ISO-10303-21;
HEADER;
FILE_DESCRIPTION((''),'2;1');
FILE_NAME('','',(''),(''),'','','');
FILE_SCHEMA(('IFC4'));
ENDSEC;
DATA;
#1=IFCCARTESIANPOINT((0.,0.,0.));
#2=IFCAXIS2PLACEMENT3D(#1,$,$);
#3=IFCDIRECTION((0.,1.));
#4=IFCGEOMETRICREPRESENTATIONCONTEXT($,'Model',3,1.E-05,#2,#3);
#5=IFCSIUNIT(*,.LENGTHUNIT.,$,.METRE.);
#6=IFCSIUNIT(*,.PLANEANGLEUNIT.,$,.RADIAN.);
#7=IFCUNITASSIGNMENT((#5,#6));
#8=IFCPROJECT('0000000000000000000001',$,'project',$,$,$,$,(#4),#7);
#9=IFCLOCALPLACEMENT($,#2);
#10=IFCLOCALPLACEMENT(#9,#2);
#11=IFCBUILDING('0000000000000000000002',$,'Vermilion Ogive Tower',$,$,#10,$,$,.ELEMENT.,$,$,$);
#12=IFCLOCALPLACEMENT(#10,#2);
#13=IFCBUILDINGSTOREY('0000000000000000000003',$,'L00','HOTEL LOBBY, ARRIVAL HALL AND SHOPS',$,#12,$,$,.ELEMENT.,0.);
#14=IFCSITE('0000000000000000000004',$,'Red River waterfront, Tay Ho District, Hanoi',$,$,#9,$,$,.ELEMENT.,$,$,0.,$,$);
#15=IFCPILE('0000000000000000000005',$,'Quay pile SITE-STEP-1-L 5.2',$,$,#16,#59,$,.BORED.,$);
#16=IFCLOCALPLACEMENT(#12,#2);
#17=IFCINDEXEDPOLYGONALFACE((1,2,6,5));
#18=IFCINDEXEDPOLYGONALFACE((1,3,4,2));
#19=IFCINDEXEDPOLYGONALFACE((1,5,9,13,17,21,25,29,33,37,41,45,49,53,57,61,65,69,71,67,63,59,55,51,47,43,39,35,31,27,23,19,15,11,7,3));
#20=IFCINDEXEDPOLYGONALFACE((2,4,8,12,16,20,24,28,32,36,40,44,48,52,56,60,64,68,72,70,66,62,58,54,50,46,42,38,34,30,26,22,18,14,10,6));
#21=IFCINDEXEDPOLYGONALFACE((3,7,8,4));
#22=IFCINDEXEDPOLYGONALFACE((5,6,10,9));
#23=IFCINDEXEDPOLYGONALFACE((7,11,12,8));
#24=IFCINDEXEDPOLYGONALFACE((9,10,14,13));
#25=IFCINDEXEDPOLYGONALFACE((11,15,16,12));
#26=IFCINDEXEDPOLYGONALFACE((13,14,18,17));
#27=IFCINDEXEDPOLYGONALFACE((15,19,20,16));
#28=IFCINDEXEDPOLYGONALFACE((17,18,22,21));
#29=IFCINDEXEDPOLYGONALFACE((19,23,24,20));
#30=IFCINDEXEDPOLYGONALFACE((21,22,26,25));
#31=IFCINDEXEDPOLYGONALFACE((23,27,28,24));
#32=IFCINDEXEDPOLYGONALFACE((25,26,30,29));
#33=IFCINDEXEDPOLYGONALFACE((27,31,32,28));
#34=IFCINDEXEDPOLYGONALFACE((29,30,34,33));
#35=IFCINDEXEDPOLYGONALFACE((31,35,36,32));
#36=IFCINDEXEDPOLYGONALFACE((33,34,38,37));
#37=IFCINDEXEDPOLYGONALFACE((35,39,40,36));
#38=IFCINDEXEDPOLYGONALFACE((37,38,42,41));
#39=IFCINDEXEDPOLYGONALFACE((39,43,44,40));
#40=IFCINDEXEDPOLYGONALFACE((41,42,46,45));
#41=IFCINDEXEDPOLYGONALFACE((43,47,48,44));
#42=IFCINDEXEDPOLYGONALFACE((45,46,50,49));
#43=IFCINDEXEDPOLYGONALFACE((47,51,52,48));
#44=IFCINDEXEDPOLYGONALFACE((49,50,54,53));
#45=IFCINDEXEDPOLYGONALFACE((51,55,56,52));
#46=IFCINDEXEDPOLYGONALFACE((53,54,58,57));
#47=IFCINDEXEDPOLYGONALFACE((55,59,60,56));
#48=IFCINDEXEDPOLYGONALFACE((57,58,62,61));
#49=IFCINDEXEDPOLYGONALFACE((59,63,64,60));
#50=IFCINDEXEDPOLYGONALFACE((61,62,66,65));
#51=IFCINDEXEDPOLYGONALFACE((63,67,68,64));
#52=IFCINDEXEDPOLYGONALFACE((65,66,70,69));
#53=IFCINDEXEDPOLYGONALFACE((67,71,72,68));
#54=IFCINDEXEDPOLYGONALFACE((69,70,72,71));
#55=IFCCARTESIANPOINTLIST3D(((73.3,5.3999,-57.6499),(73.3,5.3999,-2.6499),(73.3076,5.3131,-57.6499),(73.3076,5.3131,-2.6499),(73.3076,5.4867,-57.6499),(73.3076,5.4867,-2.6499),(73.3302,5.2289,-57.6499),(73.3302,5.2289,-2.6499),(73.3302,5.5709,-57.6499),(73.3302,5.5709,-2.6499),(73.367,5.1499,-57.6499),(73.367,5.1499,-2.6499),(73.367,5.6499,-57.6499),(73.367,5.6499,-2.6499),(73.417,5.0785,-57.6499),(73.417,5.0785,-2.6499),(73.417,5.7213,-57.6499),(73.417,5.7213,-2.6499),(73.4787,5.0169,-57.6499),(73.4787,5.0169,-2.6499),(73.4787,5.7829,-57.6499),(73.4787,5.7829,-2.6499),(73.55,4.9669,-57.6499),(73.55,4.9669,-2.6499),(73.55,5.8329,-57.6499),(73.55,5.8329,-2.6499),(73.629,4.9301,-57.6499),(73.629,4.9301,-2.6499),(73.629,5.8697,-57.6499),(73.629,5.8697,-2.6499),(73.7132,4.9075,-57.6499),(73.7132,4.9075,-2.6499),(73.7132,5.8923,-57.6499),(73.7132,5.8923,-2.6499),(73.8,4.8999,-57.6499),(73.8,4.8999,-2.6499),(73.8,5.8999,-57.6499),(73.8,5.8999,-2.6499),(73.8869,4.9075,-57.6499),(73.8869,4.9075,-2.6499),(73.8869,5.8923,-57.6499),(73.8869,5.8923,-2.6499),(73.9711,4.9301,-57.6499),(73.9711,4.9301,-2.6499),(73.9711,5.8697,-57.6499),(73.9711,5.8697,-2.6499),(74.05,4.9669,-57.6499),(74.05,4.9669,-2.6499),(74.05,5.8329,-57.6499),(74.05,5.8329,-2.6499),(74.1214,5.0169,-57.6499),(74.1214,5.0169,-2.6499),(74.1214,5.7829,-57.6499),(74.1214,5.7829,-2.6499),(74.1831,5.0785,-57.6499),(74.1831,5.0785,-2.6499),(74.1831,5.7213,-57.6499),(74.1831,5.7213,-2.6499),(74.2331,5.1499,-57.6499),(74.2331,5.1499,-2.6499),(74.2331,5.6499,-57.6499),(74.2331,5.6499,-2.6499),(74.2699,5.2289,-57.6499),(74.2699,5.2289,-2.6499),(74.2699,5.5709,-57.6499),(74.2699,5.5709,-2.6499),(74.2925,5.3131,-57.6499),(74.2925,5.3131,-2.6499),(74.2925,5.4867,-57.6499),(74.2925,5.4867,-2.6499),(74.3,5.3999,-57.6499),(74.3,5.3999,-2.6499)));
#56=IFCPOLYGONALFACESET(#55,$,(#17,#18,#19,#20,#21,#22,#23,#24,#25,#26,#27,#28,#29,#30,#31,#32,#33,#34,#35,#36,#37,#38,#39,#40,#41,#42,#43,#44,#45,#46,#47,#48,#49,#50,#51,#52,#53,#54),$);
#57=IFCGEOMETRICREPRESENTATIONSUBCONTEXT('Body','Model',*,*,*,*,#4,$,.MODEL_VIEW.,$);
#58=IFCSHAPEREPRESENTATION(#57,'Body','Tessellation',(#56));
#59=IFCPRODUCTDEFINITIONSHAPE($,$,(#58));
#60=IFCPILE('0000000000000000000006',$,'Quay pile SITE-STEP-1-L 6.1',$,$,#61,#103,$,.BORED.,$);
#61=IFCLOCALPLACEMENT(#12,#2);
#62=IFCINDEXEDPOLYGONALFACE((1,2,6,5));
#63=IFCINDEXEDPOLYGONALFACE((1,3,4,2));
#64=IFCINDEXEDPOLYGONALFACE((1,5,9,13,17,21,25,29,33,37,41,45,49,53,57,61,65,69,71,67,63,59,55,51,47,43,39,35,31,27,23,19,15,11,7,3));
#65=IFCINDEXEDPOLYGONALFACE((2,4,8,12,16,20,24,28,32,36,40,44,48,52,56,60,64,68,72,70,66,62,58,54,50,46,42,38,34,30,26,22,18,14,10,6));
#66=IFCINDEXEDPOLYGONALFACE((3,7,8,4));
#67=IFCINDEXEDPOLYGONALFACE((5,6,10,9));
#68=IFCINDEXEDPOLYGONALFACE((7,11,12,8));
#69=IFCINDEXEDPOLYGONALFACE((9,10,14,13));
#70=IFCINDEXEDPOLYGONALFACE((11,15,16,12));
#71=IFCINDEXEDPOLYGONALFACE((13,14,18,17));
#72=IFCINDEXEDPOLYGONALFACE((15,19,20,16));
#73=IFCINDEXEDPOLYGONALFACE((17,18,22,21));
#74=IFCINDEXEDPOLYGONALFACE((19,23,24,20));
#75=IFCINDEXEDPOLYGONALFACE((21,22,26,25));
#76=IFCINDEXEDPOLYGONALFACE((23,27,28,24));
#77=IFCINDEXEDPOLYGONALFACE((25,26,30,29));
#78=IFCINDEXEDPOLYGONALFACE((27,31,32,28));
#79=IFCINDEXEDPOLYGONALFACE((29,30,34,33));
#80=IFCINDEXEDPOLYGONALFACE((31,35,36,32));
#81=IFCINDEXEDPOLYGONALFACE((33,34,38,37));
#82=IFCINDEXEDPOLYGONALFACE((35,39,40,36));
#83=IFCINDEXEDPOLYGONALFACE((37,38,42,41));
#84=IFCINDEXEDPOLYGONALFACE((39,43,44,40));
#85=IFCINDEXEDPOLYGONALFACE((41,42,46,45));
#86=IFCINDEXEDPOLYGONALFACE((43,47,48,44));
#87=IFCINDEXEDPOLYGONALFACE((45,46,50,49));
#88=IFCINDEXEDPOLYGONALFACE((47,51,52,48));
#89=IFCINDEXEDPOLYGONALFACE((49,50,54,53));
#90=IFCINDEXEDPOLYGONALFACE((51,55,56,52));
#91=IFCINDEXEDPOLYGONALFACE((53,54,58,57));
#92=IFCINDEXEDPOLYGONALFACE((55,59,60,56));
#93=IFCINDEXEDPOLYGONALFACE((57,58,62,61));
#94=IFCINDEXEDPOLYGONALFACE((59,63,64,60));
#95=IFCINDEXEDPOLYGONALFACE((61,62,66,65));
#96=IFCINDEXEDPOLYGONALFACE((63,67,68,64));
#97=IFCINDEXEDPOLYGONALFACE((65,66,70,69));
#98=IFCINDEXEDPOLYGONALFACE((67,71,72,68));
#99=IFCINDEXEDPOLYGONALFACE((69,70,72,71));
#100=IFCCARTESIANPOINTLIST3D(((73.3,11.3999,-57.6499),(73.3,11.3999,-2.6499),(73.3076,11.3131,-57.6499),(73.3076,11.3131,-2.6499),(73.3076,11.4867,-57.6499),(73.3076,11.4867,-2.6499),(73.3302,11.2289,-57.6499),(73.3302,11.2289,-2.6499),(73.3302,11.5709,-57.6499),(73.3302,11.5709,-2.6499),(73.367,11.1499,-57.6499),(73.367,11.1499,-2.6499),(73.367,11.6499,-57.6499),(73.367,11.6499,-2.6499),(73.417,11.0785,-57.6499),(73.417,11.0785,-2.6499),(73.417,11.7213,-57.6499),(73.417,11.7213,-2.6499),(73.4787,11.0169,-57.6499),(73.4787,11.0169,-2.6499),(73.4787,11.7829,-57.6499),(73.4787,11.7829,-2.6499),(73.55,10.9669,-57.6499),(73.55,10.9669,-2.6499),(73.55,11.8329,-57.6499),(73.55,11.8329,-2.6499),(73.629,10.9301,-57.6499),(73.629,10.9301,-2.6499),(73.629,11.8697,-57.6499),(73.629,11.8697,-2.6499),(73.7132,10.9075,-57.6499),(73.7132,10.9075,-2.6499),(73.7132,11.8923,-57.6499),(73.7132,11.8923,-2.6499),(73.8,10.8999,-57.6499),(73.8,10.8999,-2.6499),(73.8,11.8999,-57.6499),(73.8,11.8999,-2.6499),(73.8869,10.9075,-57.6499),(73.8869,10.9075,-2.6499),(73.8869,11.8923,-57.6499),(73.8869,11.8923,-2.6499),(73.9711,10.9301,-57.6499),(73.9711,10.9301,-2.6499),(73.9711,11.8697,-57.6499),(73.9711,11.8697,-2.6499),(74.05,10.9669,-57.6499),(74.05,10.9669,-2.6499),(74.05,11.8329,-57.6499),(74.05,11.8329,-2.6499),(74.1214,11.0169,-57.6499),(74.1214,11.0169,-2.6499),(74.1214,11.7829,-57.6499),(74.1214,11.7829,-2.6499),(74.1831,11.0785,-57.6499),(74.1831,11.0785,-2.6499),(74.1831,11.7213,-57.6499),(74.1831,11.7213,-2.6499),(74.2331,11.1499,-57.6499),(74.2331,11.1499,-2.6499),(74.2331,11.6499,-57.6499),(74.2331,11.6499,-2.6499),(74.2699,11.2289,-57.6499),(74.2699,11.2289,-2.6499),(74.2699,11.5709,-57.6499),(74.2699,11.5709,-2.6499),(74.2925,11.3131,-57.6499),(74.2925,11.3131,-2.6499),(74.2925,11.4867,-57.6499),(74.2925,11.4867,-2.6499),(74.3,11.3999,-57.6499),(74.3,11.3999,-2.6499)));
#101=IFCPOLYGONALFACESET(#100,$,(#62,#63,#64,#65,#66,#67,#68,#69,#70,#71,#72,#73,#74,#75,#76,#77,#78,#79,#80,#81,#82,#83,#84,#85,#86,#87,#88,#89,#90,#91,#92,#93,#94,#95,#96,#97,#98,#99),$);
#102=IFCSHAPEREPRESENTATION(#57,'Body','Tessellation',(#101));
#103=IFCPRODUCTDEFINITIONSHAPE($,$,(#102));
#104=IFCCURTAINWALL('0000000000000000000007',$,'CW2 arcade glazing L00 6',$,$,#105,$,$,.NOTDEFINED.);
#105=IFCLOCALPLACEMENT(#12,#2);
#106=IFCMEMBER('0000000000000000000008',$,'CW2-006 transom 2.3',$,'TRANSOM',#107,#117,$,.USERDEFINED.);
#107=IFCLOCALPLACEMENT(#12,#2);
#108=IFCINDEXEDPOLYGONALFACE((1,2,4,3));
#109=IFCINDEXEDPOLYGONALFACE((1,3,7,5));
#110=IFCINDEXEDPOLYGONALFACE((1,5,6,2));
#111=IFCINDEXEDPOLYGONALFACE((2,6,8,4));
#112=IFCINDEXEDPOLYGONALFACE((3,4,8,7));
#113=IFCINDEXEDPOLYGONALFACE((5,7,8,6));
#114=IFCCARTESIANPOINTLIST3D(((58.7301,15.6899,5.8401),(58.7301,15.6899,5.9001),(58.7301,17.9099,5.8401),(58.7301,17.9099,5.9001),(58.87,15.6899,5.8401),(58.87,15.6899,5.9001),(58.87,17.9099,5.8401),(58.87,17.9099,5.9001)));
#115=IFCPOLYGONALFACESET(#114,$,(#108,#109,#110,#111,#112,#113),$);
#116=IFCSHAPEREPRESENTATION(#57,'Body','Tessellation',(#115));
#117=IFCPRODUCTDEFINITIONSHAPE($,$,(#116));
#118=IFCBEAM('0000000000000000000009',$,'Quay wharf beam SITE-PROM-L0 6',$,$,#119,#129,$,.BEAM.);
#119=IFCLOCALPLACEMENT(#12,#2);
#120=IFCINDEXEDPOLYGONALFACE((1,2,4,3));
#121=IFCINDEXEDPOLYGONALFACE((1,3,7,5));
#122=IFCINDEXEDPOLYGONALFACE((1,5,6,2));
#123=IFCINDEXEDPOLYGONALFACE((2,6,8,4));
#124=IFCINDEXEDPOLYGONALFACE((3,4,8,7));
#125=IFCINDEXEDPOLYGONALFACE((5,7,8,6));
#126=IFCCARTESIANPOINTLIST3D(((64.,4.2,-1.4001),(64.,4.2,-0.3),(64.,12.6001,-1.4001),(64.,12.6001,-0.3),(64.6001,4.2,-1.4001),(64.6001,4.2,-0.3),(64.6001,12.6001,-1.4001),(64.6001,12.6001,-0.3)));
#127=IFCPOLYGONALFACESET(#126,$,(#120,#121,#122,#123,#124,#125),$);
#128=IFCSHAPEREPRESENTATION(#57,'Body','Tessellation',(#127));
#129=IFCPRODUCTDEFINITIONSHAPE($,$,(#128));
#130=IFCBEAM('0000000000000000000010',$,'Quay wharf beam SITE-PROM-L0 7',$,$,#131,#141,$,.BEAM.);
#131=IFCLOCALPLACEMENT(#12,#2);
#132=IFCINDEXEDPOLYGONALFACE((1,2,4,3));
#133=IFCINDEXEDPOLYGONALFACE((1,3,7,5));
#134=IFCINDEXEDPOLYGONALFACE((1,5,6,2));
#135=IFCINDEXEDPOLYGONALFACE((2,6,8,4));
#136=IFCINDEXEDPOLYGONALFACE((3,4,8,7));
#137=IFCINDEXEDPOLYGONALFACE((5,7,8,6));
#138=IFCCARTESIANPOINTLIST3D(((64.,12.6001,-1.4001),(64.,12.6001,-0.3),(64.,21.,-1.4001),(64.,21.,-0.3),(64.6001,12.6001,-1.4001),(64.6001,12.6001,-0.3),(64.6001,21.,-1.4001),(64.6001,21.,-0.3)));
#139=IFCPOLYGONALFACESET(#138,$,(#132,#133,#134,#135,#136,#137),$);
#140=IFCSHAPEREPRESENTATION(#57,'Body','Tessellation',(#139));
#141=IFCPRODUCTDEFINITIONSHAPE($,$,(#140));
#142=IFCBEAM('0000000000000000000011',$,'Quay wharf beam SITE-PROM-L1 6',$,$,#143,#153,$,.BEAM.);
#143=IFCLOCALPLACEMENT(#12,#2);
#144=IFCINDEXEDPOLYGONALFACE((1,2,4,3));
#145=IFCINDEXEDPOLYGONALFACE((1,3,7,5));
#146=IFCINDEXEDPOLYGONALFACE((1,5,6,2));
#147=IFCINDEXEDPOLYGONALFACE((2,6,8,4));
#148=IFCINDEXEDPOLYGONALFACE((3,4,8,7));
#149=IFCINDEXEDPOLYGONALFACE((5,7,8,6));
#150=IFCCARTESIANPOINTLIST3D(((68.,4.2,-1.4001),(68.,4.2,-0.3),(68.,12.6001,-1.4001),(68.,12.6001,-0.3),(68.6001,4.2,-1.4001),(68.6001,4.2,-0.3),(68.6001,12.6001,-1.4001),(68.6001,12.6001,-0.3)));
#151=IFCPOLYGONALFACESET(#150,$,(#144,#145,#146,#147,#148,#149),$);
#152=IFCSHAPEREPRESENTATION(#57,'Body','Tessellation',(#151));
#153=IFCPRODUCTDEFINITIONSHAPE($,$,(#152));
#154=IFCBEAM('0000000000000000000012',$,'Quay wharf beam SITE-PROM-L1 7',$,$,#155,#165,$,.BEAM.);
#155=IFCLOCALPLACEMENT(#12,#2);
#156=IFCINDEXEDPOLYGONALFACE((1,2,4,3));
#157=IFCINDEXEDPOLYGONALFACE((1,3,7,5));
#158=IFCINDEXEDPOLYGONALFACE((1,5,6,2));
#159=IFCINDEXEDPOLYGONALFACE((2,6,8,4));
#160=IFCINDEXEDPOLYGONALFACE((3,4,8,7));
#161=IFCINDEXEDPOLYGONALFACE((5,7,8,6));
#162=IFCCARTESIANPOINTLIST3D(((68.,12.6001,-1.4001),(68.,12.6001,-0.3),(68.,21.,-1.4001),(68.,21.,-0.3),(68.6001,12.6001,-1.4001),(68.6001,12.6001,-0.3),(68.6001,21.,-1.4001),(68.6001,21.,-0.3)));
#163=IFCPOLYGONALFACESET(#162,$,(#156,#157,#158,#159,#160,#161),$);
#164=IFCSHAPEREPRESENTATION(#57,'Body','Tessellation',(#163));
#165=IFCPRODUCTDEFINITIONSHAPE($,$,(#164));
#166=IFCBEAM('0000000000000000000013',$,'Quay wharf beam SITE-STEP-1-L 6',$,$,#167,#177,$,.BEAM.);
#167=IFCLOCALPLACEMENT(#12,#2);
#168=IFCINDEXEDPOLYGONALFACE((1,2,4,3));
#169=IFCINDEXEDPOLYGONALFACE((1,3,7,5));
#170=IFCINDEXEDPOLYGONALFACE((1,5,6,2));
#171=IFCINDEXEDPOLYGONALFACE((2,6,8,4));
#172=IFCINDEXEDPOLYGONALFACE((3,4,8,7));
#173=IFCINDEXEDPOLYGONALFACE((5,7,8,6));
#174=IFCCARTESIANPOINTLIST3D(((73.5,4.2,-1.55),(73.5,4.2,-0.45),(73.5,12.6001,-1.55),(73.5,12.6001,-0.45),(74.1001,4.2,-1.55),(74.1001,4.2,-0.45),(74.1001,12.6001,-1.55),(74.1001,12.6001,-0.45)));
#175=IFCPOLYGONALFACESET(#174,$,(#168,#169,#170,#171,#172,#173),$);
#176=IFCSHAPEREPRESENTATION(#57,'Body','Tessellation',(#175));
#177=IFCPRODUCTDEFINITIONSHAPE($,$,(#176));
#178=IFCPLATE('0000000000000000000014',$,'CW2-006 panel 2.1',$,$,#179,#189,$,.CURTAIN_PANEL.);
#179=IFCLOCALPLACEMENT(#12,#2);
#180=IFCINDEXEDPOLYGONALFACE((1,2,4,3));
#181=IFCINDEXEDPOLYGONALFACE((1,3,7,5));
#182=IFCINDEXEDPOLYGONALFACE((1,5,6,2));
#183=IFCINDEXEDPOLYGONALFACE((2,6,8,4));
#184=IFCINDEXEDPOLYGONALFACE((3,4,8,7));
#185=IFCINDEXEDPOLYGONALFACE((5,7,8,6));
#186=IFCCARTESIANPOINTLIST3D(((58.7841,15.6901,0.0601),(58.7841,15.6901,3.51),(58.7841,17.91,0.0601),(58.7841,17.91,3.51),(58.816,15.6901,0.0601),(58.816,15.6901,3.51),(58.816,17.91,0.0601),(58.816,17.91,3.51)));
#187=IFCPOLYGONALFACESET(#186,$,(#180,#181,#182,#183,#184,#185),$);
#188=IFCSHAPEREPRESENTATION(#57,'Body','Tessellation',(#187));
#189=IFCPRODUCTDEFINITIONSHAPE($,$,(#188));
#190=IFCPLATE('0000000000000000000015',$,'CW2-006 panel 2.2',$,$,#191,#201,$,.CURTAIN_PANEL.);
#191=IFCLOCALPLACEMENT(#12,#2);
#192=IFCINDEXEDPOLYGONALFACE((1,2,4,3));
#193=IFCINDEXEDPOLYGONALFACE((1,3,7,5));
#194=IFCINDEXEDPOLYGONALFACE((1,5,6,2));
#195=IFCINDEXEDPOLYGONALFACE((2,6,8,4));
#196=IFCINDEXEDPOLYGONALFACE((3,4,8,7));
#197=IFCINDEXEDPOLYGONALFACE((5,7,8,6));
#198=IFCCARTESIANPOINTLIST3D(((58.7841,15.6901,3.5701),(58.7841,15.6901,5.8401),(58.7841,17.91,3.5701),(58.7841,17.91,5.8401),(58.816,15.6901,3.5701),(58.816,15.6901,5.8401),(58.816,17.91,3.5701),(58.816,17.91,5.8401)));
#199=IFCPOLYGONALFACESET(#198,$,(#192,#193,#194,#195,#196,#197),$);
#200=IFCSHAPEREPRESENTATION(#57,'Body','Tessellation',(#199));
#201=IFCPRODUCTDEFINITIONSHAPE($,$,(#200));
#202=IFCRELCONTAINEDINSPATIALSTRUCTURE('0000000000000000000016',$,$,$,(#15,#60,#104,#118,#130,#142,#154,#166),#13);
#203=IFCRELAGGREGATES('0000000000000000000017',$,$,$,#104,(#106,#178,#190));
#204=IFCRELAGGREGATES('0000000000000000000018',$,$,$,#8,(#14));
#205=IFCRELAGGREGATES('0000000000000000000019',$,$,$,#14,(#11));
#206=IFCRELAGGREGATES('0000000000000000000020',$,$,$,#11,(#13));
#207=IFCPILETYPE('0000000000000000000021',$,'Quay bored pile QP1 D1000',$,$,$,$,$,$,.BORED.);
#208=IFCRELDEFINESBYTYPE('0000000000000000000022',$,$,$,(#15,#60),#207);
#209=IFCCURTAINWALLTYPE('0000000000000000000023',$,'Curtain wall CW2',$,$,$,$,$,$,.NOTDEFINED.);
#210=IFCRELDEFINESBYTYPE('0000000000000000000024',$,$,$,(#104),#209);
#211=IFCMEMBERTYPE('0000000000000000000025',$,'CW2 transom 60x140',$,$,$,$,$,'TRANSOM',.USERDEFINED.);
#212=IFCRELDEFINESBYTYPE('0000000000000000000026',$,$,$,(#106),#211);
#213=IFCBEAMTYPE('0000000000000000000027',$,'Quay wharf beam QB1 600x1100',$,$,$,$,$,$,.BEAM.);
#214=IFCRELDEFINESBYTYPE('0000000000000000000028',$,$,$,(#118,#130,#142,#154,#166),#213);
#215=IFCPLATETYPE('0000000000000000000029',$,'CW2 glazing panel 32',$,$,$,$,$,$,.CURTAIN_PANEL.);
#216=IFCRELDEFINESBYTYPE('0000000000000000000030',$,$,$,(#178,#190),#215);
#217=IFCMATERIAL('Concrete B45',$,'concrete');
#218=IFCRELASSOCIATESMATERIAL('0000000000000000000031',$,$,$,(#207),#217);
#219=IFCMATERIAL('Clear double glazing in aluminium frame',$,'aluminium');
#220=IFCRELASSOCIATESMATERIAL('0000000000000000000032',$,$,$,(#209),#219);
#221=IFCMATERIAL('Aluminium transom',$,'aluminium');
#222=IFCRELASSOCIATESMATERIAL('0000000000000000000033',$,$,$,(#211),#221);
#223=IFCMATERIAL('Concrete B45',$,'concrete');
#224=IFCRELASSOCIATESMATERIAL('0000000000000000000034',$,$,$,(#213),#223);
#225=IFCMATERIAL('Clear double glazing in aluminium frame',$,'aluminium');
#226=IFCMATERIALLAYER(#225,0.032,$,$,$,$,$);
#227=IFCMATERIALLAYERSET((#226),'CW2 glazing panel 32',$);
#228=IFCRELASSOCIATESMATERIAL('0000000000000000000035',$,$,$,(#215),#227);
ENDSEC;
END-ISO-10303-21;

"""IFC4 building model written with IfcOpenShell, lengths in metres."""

from ifc_helpers import new_model, si_unit, direction, frame, origin, origin_2d, place, context, subcontext, project, spatial, rectangle, circle, extrude, material, layer, layer_set, material_profile, profile_set, type_object, element, aggregate, save


model = new_model("IFC4")

# Units and contexts
model_context = context("Model", 3, precision=1e-05, world=origin(), true_north=direction((0.0, 1.0)))
body_context = subcontext(model_context, "Body", "Model", "MODEL_VIEW")
ifc_project = project(units=[si_unit("LENGTHUNIT", "METRE"), si_unit("PLANEANGLEUNIT", "RADIAN")], contexts=[model_context])

# Site, building, storey
site_placement = place(None, origin())
site = spatial("IfcSite", under=ifc_project, at=site_placement, Name="Red River waterfront, Tay Ho District, Hanoi", CompositionType="ELEMENT", RefElevation=0.0)
building_placement = place(site_placement, origin())
building = spatial("IfcBuilding", under=site, at=building_placement, Name="Vermilion Ogive Tower", CompositionType="ELEMENT")
storey_placement = place(building_placement, origin())
storey = spatial("IfcBuildingStorey", under=building, at=storey_placement, Name="L00", Description="HOTEL LOBBY, ARRIVAL HALL AND SHOPS", CompositionType="ELEMENT", Elevation=0.0)

# Piles
ifc_material_1 = material(Name="Concrete B45", Category="concrete")
pile_type = type_object("IfcPileType", Name="Quay bored pile QP1 D1000", PredefinedType="BORED", material=ifc_material_1)
for number, where, z_axis, x_axis, name in (
    (1, (73.8, 5.3999, -2.6499), (0.0, 0.0, -1.0), (1.0, 0.0, 0.0), "Quay pile SITE-STEP-1-L 5.2"),
    (2, (73.8, 11.3999, -2.6499), (0.0, 0.0, -1.0), (1.0, 0.0, 0.0), "Quay pile SITE-STEP-1-L 6.1"),
):
    element("IfcPile", number, at=place(storey_placement, frame(where, z_axis=z_axis, x_axis=x_axis)), inside=storey, type_object=pile_type, Name=name, PredefinedType="BORED", context=body_context, shape_type="SweptSolid", body=[
        extrude(circle(Radius=0.5, at=origin_2d()), origin(), (0.0, 0.0, 1.0), 55.0),
    ])

# Curtain wall, member
ifc_material_2 = material(Name="Clear double glazing in aluminium frame", Category="aluminium")
curtain_wall_type = type_object("IfcCurtainWallType", Name="Curtain wall CW2", PredefinedType="NOTDEFINED", material=ifc_material_2)
curtain_wall_placement = place(storey_placement, origin())
curtain_wall = element("IfcCurtainWall", 3, at=curtain_wall_placement, inside=storey, type_object=curtain_wall_type, Name="CW2 arcade glazing L00 6", PredefinedType="NOTDEFINED")
ifc_material_3 = material(Name="Aluminium transom", Category="aluminium")
ifc_material_profile_1 = material_profile(ifc_material_3, rectangle(XDim=0.1399, YDim=0.0601, at=origin_2d()), Name="AL 60x140")
ifc_profile_set_1 = profile_set([ifc_material_profile_1], Name="Aluminium transom")
member_type = type_object("IfcMemberType", Name="CW2 transom 60x140", ElementType="TRANSOM", PredefinedType="USERDEFINED", material=ifc_profile_set_1)
member_placement = place(storey_placement, frame((58.8, 15.6899, 5.8701), z_axis=(0.0, 1.0, 0.0), x_axis=(-1.0, 0.0, 0.0)))
member = element("IfcMember", 4, at=member_placement, type_object=member_type, Name="CW2-006 transom 2.3", ObjectType="TRANSOM", PredefinedType="USERDEFINED", context=body_context, shape_type="SweptSolid", body=[
    extrude(rectangle(XDim=0.1399, YDim=0.0601, at=origin_2d()), origin(), (0.0, 0.0, 1.0), 2.22),
])

# Beams
ifc_material_4 = material(Name="Concrete B45", Category="concrete")
ifc_material_profile_2 = material_profile(ifc_material_4, rectangle(XDim=0.6001, YDim=1.1001, at=origin_2d()), Name="RC 600x1100")
ifc_profile_set_2 = profile_set([ifc_material_profile_2], Name="Concrete B45")
beam_type = type_object("IfcBeamType", Name="Quay wharf beam QB1 600x1100", PredefinedType="BEAM", material=ifc_profile_set_2)
beam_1_placement = place(storey_placement, frame((64.3, 4.2, -0.8501), z_axis=(0.0, 1.0, 0.0), x_axis=(-1.0, 0.0, 0.0)))
element("IfcBeam", 5, at=beam_1_placement, inside=storey, type_object=beam_type, Name="Quay wharf beam SITE-PROM-L0 6", PredefinedType="BEAM", context=body_context, shape_type="SweptSolid", body=[
    extrude(rectangle(XDim=0.6001, YDim=1.1001, at=origin_2d()), origin(), (0.0, 0.0, 1.0), 8.4001),
])
beam_2_placement = place(storey_placement, frame((64.3, 12.6001, -0.8501), z_axis=(0.0, 1.0, 0.0), x_axis=(-1.0, 0.0, 0.0)))
element("IfcBeam", 6, at=beam_2_placement, inside=storey, type_object=beam_type, Name="Quay wharf beam SITE-PROM-L0 7", PredefinedType="BEAM", context=body_context, shape_type="SweptSolid", body=[
    extrude(rectangle(XDim=0.6001, YDim=1.1001, at=origin_2d()), origin(), (0.0, 0.0, 1.0), 8.3999),
])
beam_3_placement = place(storey_placement, frame((68.3, 4.2, -0.8501), z_axis=(0.0, 1.0, 0.0), x_axis=(-1.0, 0.0, 0.0)))
element("IfcBeam", 7, at=beam_3_placement, inside=storey, type_object=beam_type, Name="Quay wharf beam SITE-PROM-L1 6", PredefinedType="BEAM", context=body_context, shape_type="SweptSolid", body=[
    extrude(rectangle(XDim=0.6001, YDim=1.1001, at=origin_2d()), origin(), (0.0, 0.0, 1.0), 8.4001),
])
beam_4_placement = place(storey_placement, frame((68.3, 12.6001, -0.8501), z_axis=(0.0, 1.0, 0.0), x_axis=(-1.0, 0.0, 0.0)))
element("IfcBeam", 8, at=beam_4_placement, inside=storey, type_object=beam_type, Name="Quay wharf beam SITE-PROM-L1 7", PredefinedType="BEAM", context=body_context, shape_type="SweptSolid", body=[
    extrude(rectangle(XDim=0.6001, YDim=1.1001, at=origin_2d()), origin(), (0.0, 0.0, 1.0), 8.3999),
])
beam_5_placement = place(storey_placement, frame((73.8, 4.2, -1.0), z_axis=(0.0, 1.0, 0.0), x_axis=(-1.0, 0.0, 0.0)))
element("IfcBeam", 9, at=beam_5_placement, inside=storey, type_object=beam_type, Name="Quay wharf beam SITE-STEP-1-L 6", PredefinedType="BEAM", context=body_context, shape_type="SweptSolid", body=[
    extrude(rectangle(XDim=0.6001, YDim=1.1001, at=origin_2d()), origin(), (0.0, 0.0, 1.0), 8.4001),
])

# Plates
ifc_material_5 = material(Name="Clear double glazing in aluminium frame", Category="aluminium")
ifc_layer = layer(ifc_material_5, 0.032)
ifc_layer_set = layer_set([ifc_layer], Name="CW2 glazing panel 32")
plate_type = type_object("IfcPlateType", Name="CW2 glazing panel 32", PredefinedType="CURTAIN_PANEL", material=ifc_layer_set)
plate_1_placement = place(storey_placement, frame((58.8, 16.8, 0.0601), z_axis=(0.0, 0.0, 1.0), x_axis=(0.0, 1.0, 0.0)))
plate_1 = element("IfcPlate", 10, at=plate_1_placement, type_object=plate_type, Name="CW2-006 panel 2.1", PredefinedType="CURTAIN_PANEL", context=body_context, shape_type="SweptSolid", body=[
    extrude(rectangle(XDim=2.22, YDim=0.032, at=origin_2d()), origin(), (0.0, 0.0, 1.0), 3.45),
])
plate_2_placement = place(storey_placement, frame((58.8, 16.8, 3.5701), z_axis=(0.0, 0.0, 1.0), x_axis=(0.0, 1.0, 0.0)))
plate_2 = element("IfcPlate", 11, at=plate_2_placement, type_object=plate_type, Name="CW2-006 panel 2.2", PredefinedType="CURTAIN_PANEL", context=body_context, shape_type="SweptSolid", body=[
    extrude(rectangle(XDim=2.22, YDim=0.032, at=origin_2d()), origin(), (0.0, 0.0, 1.0), 2.27),
])
aggregate(curtain_wall, [member, plate_1, plate_2])

save(model, "model.ifc")
